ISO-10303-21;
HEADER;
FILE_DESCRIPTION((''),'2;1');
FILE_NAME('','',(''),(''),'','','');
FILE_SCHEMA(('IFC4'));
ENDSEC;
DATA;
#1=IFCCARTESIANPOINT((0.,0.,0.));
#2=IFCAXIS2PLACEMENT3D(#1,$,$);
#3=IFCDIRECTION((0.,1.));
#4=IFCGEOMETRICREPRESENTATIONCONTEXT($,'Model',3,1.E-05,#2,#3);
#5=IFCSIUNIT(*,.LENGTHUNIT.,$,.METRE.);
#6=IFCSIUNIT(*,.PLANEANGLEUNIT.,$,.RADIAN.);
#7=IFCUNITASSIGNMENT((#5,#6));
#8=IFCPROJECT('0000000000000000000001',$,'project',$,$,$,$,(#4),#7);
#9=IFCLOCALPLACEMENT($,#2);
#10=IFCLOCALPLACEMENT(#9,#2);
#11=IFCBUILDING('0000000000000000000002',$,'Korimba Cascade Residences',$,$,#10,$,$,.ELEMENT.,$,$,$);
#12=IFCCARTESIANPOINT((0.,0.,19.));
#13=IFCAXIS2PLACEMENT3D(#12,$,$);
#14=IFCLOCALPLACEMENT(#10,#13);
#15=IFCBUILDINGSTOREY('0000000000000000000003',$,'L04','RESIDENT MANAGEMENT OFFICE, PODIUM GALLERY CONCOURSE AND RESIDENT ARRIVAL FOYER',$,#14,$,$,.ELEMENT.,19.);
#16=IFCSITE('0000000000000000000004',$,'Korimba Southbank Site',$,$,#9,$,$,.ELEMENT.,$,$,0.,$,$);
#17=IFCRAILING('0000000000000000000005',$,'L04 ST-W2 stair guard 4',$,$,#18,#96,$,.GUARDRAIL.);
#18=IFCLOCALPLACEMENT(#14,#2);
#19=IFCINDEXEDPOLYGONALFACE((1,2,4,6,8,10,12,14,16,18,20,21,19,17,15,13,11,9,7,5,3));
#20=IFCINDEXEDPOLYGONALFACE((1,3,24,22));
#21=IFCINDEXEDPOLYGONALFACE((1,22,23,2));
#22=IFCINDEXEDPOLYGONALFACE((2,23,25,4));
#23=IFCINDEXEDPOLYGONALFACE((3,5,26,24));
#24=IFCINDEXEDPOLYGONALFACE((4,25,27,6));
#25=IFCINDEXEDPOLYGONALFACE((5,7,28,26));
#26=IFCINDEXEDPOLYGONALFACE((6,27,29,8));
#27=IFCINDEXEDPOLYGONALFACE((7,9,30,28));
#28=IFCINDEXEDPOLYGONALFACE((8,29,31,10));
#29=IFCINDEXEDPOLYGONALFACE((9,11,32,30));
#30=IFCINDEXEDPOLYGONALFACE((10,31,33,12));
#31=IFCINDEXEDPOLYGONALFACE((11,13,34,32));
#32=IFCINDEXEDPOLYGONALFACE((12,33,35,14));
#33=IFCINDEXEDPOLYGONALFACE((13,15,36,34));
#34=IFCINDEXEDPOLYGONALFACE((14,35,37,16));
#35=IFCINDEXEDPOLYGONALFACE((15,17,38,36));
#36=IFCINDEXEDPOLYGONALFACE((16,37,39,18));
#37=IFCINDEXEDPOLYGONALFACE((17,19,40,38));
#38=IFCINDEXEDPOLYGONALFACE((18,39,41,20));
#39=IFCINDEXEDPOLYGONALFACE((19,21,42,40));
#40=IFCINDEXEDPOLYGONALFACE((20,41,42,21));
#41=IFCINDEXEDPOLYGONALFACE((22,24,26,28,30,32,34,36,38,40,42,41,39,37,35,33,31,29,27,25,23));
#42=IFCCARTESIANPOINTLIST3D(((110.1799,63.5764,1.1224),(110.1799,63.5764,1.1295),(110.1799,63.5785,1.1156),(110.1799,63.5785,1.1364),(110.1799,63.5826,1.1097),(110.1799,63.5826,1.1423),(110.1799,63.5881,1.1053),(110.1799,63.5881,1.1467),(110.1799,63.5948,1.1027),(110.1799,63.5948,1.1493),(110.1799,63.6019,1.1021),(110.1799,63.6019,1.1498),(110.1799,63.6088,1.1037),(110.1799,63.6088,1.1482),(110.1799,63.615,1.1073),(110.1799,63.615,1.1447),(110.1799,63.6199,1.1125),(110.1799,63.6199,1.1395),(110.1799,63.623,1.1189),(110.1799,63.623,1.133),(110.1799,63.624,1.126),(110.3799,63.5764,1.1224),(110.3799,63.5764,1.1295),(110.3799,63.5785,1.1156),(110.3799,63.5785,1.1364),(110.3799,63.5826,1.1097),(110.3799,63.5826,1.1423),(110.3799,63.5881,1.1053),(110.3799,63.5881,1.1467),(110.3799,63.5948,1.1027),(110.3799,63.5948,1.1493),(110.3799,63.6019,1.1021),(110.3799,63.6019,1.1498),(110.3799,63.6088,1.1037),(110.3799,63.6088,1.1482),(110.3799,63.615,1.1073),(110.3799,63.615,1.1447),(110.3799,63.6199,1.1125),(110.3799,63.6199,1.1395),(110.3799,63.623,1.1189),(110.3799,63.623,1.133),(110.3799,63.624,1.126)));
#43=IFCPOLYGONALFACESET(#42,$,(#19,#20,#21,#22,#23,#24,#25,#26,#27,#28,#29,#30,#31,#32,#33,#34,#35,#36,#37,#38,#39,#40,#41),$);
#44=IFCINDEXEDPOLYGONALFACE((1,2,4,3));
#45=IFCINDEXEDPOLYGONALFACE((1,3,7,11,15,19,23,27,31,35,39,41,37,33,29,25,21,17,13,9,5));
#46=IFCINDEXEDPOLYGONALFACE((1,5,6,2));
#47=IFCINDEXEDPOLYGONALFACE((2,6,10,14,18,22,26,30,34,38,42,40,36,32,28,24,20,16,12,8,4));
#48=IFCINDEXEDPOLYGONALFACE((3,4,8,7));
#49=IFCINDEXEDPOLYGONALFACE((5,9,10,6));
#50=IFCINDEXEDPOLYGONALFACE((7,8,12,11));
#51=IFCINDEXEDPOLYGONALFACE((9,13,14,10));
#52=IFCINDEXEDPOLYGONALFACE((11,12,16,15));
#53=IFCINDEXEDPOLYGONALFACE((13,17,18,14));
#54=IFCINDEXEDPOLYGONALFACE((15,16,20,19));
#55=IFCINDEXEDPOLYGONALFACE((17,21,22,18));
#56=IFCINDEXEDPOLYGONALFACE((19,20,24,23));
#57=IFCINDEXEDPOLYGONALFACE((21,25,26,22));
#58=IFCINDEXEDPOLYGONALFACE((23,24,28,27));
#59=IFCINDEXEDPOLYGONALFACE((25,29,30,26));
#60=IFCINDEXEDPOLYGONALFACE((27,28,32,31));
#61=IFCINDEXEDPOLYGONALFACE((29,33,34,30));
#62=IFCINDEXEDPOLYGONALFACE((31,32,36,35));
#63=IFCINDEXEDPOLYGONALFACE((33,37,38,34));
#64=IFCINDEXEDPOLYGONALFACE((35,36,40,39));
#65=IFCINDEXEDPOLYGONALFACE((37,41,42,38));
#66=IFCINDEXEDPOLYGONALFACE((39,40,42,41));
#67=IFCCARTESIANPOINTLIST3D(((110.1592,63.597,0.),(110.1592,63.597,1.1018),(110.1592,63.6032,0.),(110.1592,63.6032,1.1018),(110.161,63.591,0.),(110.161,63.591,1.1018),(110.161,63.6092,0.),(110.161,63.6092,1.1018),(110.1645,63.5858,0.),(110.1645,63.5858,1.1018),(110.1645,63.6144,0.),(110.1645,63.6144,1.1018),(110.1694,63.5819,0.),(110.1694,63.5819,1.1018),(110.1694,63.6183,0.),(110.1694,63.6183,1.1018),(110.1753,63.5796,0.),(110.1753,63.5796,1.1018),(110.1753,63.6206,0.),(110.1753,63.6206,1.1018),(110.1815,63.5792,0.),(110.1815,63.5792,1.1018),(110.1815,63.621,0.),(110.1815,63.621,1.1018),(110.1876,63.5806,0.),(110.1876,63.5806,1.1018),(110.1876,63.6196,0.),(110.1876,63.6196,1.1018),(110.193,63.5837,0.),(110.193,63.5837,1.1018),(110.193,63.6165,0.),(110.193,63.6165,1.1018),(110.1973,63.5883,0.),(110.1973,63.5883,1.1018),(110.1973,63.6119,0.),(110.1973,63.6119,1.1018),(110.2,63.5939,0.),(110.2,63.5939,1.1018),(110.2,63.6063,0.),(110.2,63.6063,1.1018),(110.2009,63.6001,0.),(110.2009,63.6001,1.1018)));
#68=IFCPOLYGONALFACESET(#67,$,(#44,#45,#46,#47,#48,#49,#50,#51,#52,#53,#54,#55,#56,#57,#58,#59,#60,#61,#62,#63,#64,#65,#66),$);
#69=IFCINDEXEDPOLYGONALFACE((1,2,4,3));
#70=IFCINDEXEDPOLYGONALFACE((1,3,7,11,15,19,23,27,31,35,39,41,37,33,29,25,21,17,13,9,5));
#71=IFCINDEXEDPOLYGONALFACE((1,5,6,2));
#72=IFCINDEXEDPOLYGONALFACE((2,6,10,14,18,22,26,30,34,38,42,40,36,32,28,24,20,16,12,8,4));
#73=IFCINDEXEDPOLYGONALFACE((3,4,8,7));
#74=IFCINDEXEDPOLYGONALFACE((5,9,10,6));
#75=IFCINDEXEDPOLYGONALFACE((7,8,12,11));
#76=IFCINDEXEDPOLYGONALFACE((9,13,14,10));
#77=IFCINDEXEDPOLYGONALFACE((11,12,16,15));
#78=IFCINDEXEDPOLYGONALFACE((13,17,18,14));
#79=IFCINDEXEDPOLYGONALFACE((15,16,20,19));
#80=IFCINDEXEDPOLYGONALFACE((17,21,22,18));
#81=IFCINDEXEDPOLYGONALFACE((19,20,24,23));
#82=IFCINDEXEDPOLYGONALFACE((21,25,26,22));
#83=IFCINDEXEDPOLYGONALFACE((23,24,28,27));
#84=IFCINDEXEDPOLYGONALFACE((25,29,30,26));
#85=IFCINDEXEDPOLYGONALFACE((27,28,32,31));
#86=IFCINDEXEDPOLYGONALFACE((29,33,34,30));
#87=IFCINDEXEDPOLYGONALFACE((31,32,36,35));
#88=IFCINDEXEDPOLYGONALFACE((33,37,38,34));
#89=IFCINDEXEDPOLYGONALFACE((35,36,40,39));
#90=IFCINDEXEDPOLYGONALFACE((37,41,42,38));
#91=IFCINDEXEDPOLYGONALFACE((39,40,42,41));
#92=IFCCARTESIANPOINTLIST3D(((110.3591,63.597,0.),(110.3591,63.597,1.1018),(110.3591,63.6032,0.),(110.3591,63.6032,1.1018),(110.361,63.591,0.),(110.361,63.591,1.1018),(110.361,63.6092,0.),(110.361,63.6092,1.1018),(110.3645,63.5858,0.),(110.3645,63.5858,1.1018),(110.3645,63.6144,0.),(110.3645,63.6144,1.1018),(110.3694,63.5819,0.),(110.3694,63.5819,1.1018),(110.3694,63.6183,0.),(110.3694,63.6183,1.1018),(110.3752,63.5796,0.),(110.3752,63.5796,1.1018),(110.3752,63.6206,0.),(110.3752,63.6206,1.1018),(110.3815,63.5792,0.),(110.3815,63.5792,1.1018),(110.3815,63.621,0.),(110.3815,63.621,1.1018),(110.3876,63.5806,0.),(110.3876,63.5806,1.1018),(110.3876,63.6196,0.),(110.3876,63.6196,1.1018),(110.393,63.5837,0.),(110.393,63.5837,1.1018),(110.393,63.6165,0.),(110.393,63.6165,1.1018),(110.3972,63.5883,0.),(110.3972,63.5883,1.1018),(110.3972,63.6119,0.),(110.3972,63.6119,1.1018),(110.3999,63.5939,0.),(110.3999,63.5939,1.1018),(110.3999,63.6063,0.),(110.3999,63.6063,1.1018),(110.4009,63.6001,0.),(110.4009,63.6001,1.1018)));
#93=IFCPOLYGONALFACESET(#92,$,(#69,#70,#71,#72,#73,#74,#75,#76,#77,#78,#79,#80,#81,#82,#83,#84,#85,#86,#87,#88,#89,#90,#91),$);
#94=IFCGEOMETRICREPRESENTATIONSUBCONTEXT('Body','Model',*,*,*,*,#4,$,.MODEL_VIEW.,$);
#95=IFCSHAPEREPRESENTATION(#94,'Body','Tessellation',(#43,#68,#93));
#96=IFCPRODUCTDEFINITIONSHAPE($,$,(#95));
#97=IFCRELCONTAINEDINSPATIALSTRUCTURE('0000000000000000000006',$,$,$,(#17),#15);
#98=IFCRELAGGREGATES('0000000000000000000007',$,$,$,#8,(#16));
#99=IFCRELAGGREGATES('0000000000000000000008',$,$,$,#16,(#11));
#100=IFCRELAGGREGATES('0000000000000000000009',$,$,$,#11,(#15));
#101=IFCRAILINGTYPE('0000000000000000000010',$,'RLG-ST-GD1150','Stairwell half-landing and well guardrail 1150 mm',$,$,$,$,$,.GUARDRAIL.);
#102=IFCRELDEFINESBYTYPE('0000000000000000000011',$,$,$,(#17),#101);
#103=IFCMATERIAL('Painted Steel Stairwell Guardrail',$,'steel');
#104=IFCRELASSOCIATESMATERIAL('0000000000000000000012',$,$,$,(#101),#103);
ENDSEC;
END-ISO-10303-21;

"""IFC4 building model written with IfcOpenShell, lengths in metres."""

from ifc_helpers import new_model, si_unit, direction, frame, origin, origin_2d, place, context, subcontext, project, spatial, circle, extrude, material, type_object, element, save


model = new_model("IFC4")

# Units and contexts
model_context = context("Model", 3, precision=1e-05, world=origin(), true_north=direction((0.0, 1.0)))
body_context = subcontext(model_context, "Body", "Model", "MODEL_VIEW")
ifc_project = project(units=[si_unit("LENGTHUNIT", "METRE"), si_unit("PLANEANGLEUNIT", "RADIAN")], contexts=[model_context])

# Site, building, storey
site_placement = place(None, origin())
site = spatial("IfcSite", under=ifc_project, at=site_placement, Name="Korimba Southbank Site", CompositionType="ELEMENT", RefElevation=0.0)
building_placement = place(site_placement, origin())
building = spatial("IfcBuilding", under=site, at=building_placement, Name="Korimba Cascade Residences", CompositionType="ELEMENT")
storey_placement = place(building_placement, frame((0.0, 0.0, 19.0)))
storey = spatial("IfcBuildingStorey", under=building, at=storey_placement, Name="L04", Description="RESIDENT MANAGEMENT OFFICE, PODIUM GALLERY CONCOURSE AND RESIDENT ARRIVAL FOYER", CompositionType="ELEMENT", Elevation=19.0)

# Railing
ifc_material_1 = material(Name="Painted Steel Stairwell Guardrail", Category="steel")
railing_type_1 = type_object("IfcRailingType", Name="RLG-ST-GD1150", Description="Stairwell half-landing and well guardrail 1150 mm", PredefinedType="GUARDRAIL", material=ifc_material_1)
railing_1_placement = place(storey_placement, frame((110.1799, 63.6001, 0.0)))
element("IfcRailing", 1, at=railing_1_placement, inside=storey, type_object=railing_type_1, Name="L04 ST-W2 stair guard 4", PredefinedType="GUARDRAIL", context=body_context, shape_type="SweptSolid", body=[
    extrude(circle(Radius=0.0239, at=origin_2d()), frame((0.0, 0.0, 1.126), z_axis=(1.0, 0.0, 0.0), x_axis=(0.0, 1.0, 0.0)), (0.0, 0.0, 1.0), 0.2),
    extrude(circle(Radius=0.021, at=origin_2d()), origin(), (0.0, 0.0, 1.0), 1.1018),
    extrude(circle(Radius=0.021, at=origin_2d()), frame((0.2, 0.0, 0.0)), (0.0, 0.0, 1.0), 1.1018),
])

save(model, "model.ifc")
